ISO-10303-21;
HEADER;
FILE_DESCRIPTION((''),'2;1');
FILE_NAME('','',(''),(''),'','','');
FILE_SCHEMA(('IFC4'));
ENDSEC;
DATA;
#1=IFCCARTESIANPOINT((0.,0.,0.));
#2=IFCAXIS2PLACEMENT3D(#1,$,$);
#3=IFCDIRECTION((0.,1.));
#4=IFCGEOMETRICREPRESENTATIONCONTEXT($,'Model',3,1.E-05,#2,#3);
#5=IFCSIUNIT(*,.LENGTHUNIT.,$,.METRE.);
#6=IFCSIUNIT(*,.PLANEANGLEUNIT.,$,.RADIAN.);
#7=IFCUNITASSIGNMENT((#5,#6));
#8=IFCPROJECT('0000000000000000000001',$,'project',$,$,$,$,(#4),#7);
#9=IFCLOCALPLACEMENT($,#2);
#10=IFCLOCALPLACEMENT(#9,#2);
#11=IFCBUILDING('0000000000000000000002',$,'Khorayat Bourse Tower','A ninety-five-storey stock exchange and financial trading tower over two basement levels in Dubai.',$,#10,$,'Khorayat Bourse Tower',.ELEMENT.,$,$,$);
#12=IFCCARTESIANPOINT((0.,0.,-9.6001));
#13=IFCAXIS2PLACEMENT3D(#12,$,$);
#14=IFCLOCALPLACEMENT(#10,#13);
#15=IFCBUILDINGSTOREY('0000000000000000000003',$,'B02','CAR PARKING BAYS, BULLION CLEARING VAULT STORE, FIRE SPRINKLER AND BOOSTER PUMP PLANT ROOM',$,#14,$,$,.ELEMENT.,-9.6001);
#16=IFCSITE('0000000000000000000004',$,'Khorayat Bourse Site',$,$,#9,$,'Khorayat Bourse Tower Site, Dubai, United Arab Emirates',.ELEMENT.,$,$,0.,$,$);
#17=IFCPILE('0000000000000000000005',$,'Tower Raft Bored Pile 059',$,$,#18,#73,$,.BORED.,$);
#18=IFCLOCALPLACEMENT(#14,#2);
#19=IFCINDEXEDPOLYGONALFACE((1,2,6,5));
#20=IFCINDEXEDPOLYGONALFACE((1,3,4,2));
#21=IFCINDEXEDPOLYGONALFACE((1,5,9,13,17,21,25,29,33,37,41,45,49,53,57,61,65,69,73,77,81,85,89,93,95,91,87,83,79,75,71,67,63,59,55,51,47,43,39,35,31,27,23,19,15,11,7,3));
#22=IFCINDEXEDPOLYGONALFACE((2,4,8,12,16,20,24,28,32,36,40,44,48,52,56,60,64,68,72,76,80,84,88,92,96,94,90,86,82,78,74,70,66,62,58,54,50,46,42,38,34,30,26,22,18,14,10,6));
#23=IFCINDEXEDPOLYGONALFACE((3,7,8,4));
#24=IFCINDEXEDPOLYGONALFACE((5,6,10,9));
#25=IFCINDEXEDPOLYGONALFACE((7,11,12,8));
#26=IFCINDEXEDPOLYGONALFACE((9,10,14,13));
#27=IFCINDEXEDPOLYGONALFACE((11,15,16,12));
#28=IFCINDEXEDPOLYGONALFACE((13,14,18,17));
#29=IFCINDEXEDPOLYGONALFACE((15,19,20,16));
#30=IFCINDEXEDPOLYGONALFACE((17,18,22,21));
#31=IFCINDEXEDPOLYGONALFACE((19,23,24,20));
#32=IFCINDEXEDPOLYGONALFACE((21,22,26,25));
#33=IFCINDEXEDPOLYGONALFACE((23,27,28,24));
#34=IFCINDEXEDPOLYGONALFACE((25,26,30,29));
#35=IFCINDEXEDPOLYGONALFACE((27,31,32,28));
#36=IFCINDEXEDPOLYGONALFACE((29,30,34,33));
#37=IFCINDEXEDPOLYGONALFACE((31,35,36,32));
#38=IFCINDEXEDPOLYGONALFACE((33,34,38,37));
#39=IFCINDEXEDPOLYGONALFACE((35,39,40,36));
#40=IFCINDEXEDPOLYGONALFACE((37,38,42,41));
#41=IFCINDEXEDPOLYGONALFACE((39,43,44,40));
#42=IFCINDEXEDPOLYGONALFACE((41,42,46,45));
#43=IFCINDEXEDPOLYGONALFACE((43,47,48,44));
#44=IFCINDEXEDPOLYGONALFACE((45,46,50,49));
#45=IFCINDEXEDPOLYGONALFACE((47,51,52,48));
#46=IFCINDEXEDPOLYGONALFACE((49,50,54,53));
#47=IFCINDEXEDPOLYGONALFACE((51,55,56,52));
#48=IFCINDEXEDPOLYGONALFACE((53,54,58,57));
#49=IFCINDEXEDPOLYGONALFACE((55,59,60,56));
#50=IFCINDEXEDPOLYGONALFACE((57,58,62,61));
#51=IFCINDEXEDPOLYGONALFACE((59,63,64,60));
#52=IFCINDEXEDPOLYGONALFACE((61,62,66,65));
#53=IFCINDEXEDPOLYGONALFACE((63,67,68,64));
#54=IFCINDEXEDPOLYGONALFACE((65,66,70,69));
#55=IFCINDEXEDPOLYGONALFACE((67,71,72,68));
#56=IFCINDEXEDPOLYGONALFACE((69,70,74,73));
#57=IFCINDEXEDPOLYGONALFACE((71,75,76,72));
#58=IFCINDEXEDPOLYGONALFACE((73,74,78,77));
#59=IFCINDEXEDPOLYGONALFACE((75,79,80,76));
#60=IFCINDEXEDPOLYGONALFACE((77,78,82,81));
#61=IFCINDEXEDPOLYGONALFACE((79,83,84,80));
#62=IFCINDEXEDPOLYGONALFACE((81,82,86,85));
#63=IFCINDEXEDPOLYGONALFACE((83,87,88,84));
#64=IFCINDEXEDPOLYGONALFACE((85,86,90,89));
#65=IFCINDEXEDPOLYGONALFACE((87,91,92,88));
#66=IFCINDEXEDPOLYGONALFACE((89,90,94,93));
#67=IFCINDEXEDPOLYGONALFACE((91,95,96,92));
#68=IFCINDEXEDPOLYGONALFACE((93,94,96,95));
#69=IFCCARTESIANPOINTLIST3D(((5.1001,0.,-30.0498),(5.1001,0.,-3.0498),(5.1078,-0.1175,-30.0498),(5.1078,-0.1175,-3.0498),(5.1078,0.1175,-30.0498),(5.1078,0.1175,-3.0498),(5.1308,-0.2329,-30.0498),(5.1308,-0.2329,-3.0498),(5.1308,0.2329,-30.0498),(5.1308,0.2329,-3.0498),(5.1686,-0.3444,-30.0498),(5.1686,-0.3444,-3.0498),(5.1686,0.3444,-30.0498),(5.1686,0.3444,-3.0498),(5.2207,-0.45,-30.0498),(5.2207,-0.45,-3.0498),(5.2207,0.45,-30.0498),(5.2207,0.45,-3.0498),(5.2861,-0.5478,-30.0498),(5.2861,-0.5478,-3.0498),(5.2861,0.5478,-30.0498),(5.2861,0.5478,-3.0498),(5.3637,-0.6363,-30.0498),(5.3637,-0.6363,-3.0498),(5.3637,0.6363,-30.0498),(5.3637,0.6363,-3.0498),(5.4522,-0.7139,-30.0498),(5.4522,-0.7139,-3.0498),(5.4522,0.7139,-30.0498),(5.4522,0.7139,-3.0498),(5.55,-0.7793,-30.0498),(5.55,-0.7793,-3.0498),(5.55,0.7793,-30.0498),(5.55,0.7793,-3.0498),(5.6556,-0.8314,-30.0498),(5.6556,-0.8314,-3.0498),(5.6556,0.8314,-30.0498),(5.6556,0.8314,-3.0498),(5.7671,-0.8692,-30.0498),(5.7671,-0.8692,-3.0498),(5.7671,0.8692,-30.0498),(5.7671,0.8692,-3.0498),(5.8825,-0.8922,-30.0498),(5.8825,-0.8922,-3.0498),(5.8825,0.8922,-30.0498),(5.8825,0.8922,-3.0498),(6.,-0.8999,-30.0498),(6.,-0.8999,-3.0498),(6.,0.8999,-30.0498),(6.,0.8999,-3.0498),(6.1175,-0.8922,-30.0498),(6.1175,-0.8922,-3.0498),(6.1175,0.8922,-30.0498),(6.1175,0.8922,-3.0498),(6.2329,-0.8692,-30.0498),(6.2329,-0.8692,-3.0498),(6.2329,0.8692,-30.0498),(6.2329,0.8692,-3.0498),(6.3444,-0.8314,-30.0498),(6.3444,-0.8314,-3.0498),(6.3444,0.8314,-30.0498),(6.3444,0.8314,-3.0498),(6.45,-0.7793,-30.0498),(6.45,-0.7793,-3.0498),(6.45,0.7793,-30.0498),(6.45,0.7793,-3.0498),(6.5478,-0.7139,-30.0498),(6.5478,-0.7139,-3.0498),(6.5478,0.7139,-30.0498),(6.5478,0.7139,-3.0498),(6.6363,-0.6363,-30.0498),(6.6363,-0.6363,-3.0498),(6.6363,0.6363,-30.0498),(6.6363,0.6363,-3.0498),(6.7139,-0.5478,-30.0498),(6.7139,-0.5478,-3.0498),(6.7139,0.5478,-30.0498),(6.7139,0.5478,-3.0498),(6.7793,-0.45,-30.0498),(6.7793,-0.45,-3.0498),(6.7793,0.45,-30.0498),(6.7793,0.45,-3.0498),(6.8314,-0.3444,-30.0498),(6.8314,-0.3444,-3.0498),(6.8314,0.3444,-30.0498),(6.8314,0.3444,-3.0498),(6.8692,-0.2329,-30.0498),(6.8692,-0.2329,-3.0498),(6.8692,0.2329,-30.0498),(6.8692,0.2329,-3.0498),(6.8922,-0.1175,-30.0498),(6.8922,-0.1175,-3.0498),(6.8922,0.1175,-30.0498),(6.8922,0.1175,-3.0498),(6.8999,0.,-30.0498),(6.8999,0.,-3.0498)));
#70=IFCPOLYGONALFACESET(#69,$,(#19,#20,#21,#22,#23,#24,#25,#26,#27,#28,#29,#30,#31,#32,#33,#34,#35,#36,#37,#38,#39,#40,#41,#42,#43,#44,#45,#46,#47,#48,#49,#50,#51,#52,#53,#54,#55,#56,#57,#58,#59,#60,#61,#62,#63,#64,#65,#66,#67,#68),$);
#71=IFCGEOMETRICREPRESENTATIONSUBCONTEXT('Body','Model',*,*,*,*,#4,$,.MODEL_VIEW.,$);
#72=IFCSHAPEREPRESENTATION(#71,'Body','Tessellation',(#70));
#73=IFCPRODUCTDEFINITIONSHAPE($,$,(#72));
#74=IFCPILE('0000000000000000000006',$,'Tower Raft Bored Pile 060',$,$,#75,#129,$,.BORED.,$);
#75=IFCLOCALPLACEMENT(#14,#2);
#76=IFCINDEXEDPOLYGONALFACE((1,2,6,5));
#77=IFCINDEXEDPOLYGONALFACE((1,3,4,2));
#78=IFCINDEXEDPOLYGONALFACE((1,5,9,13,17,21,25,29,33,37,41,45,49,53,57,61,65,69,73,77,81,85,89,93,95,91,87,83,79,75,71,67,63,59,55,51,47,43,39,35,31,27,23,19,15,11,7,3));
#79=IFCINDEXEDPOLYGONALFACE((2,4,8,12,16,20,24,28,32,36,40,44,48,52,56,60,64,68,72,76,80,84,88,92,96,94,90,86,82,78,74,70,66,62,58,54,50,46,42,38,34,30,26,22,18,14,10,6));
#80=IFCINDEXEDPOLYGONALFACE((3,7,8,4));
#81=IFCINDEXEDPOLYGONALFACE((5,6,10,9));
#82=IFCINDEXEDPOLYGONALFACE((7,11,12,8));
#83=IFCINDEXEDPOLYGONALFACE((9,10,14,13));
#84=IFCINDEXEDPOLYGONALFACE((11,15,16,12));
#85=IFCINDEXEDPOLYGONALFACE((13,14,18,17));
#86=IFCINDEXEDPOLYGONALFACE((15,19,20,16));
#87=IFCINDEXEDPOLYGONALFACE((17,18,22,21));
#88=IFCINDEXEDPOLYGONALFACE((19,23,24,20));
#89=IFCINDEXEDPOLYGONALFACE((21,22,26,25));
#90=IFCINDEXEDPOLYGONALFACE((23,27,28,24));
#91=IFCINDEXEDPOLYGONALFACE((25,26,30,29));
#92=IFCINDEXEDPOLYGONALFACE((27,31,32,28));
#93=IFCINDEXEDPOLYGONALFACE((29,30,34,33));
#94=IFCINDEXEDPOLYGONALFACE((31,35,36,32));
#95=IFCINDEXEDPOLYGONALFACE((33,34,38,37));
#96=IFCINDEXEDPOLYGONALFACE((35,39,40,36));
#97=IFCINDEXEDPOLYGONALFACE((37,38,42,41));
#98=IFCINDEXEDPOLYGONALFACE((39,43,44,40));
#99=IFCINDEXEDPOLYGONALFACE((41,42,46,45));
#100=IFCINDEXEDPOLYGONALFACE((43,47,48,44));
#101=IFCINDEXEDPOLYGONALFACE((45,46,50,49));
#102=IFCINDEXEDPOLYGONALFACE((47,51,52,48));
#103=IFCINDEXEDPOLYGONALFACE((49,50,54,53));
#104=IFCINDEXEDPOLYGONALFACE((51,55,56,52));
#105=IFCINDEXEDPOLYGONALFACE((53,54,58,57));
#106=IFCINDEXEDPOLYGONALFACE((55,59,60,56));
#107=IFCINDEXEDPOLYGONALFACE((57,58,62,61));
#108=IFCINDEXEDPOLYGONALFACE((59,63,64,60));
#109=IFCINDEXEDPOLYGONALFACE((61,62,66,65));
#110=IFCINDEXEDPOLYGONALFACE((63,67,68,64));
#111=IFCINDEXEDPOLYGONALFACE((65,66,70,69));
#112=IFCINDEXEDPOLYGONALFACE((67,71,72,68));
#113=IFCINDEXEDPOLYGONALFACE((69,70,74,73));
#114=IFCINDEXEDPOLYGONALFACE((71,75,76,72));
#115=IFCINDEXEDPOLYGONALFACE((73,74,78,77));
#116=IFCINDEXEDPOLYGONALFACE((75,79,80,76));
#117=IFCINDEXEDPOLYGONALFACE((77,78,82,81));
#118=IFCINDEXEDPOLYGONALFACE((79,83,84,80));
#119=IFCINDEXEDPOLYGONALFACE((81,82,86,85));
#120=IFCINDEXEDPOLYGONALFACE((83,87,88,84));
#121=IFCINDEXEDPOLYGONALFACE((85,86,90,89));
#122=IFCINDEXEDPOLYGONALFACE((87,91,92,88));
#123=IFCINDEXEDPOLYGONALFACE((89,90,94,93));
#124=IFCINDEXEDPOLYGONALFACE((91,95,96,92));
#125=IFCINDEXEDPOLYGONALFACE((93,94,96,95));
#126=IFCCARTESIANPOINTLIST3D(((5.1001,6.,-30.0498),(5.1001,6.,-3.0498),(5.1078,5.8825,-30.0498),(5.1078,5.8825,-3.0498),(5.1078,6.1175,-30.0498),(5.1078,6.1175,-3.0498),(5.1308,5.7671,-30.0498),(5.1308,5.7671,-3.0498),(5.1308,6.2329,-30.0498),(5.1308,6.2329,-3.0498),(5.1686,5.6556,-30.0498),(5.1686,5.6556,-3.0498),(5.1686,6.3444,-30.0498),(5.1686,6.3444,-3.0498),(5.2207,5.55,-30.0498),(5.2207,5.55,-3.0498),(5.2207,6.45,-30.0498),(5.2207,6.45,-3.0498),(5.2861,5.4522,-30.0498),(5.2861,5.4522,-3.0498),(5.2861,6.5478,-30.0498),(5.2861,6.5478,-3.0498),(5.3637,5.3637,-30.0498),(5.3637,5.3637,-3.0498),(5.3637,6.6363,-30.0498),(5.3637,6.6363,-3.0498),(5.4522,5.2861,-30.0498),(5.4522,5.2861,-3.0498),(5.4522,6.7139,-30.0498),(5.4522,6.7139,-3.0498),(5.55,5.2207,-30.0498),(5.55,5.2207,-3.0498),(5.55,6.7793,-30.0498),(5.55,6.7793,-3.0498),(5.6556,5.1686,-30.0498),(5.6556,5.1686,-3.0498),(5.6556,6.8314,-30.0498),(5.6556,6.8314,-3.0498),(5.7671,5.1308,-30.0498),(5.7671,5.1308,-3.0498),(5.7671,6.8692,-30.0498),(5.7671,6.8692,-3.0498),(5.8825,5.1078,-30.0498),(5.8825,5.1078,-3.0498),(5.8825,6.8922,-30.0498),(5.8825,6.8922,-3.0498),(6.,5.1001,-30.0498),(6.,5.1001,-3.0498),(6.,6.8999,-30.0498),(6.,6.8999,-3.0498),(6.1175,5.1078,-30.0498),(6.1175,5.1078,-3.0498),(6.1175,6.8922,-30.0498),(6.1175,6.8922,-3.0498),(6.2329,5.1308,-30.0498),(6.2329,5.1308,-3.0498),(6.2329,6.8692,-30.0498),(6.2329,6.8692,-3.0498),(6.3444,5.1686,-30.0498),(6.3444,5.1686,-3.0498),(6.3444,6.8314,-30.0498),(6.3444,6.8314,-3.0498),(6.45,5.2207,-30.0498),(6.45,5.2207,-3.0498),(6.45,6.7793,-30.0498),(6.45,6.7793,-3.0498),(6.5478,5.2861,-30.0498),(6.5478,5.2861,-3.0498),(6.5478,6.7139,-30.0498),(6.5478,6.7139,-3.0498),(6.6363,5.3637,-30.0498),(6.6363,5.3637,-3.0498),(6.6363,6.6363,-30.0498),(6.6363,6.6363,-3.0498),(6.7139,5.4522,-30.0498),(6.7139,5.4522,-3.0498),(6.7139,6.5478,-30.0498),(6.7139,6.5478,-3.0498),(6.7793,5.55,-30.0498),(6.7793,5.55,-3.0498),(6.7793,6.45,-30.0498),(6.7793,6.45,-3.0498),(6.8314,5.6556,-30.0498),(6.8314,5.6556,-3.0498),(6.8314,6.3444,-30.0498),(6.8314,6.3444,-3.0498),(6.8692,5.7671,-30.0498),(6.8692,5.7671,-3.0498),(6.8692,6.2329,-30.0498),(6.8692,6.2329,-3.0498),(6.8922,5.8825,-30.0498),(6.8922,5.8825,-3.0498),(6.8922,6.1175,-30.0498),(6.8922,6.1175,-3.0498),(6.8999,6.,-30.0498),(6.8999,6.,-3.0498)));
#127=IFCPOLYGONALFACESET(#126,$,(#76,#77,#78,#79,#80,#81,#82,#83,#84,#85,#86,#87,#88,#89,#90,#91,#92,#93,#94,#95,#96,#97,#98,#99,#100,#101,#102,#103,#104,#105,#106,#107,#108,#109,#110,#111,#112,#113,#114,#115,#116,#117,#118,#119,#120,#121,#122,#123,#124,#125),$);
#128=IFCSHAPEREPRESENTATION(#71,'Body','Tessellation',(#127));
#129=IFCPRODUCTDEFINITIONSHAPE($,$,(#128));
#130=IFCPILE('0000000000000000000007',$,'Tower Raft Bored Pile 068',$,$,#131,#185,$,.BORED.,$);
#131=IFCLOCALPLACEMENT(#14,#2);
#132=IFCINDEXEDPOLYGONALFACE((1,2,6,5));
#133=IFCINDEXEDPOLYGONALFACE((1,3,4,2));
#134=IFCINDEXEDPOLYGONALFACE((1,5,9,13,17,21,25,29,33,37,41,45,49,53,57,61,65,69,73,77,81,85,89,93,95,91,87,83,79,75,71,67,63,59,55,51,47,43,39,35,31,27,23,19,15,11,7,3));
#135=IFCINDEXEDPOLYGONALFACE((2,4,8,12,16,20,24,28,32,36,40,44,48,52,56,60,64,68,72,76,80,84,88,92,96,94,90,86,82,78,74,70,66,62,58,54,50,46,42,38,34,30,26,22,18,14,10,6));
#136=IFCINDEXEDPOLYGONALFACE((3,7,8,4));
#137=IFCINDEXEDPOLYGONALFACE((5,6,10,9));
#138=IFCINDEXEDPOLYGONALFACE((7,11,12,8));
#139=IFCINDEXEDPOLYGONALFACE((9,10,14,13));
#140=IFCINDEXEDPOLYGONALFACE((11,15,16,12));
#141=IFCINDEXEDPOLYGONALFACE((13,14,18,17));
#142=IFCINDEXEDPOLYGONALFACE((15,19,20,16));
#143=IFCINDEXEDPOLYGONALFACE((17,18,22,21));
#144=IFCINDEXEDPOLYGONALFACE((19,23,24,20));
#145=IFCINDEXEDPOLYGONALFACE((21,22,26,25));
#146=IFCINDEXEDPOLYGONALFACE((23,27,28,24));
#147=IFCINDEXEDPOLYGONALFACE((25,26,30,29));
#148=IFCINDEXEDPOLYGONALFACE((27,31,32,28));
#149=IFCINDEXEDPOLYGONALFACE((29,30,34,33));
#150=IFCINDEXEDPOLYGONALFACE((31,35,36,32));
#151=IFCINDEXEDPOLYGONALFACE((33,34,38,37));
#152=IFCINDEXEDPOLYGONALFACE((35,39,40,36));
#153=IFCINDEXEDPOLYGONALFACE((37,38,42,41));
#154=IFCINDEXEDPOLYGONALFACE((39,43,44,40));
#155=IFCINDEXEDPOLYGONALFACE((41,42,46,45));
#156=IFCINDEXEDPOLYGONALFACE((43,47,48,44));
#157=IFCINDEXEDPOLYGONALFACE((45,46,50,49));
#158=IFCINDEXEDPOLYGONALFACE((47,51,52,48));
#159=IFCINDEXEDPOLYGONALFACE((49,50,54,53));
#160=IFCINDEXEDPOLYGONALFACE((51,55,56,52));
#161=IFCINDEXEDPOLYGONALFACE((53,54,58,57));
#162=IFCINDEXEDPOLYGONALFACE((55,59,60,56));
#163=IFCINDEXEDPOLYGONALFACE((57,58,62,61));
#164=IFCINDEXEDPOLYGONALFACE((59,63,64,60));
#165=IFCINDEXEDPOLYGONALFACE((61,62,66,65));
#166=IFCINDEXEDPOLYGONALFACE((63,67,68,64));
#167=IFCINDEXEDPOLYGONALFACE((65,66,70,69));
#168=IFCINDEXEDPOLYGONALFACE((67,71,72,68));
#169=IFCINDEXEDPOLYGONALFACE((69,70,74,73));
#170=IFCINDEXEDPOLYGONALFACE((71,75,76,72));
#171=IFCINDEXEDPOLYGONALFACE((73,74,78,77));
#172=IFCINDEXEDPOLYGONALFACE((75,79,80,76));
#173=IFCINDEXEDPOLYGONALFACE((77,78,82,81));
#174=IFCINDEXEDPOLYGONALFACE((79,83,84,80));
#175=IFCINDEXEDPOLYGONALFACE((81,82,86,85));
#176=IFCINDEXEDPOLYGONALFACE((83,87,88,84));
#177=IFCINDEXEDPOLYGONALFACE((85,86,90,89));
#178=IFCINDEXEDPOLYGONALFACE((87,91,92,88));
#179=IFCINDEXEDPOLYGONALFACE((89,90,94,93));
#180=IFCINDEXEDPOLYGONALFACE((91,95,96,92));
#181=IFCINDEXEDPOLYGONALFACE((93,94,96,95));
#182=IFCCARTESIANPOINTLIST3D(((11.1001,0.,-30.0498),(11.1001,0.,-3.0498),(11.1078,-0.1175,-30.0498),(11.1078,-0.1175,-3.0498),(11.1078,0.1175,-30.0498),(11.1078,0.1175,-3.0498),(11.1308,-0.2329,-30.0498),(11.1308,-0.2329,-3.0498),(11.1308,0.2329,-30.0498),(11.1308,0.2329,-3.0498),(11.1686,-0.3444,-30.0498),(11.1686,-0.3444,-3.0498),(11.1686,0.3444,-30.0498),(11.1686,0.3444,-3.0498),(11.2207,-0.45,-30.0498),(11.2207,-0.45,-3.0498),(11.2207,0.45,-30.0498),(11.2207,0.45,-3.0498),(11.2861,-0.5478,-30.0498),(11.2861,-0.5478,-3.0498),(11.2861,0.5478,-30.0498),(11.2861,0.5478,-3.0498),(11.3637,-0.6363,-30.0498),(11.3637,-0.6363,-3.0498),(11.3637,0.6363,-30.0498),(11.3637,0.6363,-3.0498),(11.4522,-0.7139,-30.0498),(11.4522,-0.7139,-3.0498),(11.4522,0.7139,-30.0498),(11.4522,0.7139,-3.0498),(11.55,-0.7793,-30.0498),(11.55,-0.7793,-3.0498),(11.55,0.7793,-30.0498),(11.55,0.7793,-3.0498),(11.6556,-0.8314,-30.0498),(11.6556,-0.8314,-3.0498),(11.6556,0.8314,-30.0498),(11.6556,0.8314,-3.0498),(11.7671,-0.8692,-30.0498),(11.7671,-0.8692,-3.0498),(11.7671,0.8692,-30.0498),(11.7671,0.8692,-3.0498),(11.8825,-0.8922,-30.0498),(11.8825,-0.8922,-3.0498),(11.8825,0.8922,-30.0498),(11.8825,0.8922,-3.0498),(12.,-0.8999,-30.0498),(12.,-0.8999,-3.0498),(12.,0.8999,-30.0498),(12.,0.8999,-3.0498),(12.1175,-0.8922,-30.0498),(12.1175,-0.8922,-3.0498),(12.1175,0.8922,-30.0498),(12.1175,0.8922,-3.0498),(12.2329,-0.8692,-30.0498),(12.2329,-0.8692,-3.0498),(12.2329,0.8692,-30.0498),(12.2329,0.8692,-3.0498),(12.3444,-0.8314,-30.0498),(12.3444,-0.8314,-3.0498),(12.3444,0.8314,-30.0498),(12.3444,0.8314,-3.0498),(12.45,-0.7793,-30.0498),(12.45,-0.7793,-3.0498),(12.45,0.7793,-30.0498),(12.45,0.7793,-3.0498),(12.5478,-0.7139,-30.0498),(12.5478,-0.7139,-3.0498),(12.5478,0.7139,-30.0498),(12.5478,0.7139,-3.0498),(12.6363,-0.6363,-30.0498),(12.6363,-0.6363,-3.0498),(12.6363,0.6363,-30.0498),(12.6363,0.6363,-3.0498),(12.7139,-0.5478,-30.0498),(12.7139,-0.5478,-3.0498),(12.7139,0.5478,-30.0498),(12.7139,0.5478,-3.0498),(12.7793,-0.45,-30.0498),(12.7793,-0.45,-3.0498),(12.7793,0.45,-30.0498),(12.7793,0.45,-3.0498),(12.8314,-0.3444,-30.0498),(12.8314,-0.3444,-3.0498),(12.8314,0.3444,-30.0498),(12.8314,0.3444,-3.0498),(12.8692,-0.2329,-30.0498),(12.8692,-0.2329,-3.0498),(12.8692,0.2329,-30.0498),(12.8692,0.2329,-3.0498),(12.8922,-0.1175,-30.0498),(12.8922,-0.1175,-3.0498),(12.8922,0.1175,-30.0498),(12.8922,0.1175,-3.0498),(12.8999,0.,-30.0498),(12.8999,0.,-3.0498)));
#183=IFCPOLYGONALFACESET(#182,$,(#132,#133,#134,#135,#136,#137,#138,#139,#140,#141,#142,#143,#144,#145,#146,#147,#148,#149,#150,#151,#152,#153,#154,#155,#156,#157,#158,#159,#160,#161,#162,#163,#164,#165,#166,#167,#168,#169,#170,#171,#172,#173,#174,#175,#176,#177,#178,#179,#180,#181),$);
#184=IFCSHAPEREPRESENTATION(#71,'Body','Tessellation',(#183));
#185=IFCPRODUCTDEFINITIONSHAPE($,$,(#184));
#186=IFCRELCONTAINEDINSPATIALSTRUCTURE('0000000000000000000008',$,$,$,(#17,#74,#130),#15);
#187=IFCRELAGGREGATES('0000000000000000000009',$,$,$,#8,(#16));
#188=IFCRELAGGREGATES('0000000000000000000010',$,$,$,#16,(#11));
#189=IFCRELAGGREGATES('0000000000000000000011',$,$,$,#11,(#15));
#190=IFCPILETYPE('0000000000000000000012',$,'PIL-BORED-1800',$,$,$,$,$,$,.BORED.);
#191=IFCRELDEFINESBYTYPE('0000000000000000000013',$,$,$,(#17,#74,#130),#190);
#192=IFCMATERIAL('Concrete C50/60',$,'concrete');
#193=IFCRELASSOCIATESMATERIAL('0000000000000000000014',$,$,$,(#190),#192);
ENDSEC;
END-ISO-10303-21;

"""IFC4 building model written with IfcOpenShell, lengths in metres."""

from ifc_helpers import new_model, si_unit, direction, frame, origin, origin_2d, place, context, subcontext, project, spatial, circle, extrude, source, transform, mapped, material, material_profile, profile_set, type_object, element, save


model = new_model("IFC4")

# Units and contexts
model_context = context("Model", 3, precision=1e-05, world=origin(), true_north=direction((0.0, 1.0)))
body_context = subcontext(model_context, "Body", "Model", "MODEL_VIEW")
ifc_project = project(units=[si_unit("LENGTHUNIT", "METRE"), si_unit("PLANEANGLEUNIT", "RADIAN")], contexts=[model_context])

# Site, building, storey
site_placement = place(None, origin())
site = spatial("IfcSite", under=ifc_project, at=site_placement, Name="Khorayat Bourse Site", LongName="Khorayat Bourse Tower Site, Dubai, United Arab Emirates", CompositionType="ELEMENT", RefElevation=0.0)
building_placement = place(site_placement, origin())
building = spatial("IfcBuilding", under=site, at=building_placement, Name="Khorayat Bourse Tower", Description="A ninety-five-storey stock exchange and financial trading tower over two basement levels in Dubai.", LongName="Khorayat Bourse Tower", CompositionType="ELEMENT")
storey_placement = place(building_placement, frame((0.0, 0.0, -9.6001)))
storey = spatial("IfcBuildingStorey", under=building, at=storey_placement, Name="B02", Description="CAR PARKING BAYS, BULLION CLEARING VAULT STORE, FIRE SPRINKLER AND BOOSTER PUMP PLANT ROOM", CompositionType="ELEMENT", Elevation=-9.6001)

# Piles
ifc_material_1 = material(Name="Concrete C50/60", Category="concrete")
ifc_material_profile_1 = material_profile(ifc_material_1, circle(Radius=0.8999, at=origin_2d()), Name="BORED PILE D1800")
ifc_profile_set_1 = profile_set([ifc_material_profile_1], Name="Concrete C50/60")
pile_type = type_object("IfcPileType", Name="PIL-BORED-1800", PredefinedType="BORED", material=ifc_profile_set_1)
shared_shape_1 = source(origin(), body_context, "Body", "SweptSolid", [
    extrude(circle(Radius=0.8999, at=origin_2d()), origin(), (0.0, 0.0, 1.0), 27.0),
])
for number, where, z_axis, x_axis, name in (
    (1, (6.0, 0.0, -3.0498), (0.0, 0.0, -1.0), (1.0, 0.0, 0.0), "Tower Raft Bored Pile 059"),
    (2, (6.0, 6.0, -3.0498), (0.0, 0.0, -1.0), (1.0, 0.0, 0.0), "Tower Raft Bored Pile 060"),
    (3, (12.0, 0.0, -3.0498), (0.0, 0.0, -1.0), (1.0, 0.0, 0.0), "Tower Raft Bored Pile 068"),
):
    element("IfcPile", number, at=place(storey_placement, frame(where, z_axis=z_axis, x_axis=x_axis)), inside=storey, type_object=pile_type, Name=name, PredefinedType="BORED", context=body_context, shape_type="MappedRepresentation", body=[
        mapped(shared_shape_1, transform((0.0, 0.0, 0.0), scale=1.0)),
    ])

save(model, "model.ifc")
